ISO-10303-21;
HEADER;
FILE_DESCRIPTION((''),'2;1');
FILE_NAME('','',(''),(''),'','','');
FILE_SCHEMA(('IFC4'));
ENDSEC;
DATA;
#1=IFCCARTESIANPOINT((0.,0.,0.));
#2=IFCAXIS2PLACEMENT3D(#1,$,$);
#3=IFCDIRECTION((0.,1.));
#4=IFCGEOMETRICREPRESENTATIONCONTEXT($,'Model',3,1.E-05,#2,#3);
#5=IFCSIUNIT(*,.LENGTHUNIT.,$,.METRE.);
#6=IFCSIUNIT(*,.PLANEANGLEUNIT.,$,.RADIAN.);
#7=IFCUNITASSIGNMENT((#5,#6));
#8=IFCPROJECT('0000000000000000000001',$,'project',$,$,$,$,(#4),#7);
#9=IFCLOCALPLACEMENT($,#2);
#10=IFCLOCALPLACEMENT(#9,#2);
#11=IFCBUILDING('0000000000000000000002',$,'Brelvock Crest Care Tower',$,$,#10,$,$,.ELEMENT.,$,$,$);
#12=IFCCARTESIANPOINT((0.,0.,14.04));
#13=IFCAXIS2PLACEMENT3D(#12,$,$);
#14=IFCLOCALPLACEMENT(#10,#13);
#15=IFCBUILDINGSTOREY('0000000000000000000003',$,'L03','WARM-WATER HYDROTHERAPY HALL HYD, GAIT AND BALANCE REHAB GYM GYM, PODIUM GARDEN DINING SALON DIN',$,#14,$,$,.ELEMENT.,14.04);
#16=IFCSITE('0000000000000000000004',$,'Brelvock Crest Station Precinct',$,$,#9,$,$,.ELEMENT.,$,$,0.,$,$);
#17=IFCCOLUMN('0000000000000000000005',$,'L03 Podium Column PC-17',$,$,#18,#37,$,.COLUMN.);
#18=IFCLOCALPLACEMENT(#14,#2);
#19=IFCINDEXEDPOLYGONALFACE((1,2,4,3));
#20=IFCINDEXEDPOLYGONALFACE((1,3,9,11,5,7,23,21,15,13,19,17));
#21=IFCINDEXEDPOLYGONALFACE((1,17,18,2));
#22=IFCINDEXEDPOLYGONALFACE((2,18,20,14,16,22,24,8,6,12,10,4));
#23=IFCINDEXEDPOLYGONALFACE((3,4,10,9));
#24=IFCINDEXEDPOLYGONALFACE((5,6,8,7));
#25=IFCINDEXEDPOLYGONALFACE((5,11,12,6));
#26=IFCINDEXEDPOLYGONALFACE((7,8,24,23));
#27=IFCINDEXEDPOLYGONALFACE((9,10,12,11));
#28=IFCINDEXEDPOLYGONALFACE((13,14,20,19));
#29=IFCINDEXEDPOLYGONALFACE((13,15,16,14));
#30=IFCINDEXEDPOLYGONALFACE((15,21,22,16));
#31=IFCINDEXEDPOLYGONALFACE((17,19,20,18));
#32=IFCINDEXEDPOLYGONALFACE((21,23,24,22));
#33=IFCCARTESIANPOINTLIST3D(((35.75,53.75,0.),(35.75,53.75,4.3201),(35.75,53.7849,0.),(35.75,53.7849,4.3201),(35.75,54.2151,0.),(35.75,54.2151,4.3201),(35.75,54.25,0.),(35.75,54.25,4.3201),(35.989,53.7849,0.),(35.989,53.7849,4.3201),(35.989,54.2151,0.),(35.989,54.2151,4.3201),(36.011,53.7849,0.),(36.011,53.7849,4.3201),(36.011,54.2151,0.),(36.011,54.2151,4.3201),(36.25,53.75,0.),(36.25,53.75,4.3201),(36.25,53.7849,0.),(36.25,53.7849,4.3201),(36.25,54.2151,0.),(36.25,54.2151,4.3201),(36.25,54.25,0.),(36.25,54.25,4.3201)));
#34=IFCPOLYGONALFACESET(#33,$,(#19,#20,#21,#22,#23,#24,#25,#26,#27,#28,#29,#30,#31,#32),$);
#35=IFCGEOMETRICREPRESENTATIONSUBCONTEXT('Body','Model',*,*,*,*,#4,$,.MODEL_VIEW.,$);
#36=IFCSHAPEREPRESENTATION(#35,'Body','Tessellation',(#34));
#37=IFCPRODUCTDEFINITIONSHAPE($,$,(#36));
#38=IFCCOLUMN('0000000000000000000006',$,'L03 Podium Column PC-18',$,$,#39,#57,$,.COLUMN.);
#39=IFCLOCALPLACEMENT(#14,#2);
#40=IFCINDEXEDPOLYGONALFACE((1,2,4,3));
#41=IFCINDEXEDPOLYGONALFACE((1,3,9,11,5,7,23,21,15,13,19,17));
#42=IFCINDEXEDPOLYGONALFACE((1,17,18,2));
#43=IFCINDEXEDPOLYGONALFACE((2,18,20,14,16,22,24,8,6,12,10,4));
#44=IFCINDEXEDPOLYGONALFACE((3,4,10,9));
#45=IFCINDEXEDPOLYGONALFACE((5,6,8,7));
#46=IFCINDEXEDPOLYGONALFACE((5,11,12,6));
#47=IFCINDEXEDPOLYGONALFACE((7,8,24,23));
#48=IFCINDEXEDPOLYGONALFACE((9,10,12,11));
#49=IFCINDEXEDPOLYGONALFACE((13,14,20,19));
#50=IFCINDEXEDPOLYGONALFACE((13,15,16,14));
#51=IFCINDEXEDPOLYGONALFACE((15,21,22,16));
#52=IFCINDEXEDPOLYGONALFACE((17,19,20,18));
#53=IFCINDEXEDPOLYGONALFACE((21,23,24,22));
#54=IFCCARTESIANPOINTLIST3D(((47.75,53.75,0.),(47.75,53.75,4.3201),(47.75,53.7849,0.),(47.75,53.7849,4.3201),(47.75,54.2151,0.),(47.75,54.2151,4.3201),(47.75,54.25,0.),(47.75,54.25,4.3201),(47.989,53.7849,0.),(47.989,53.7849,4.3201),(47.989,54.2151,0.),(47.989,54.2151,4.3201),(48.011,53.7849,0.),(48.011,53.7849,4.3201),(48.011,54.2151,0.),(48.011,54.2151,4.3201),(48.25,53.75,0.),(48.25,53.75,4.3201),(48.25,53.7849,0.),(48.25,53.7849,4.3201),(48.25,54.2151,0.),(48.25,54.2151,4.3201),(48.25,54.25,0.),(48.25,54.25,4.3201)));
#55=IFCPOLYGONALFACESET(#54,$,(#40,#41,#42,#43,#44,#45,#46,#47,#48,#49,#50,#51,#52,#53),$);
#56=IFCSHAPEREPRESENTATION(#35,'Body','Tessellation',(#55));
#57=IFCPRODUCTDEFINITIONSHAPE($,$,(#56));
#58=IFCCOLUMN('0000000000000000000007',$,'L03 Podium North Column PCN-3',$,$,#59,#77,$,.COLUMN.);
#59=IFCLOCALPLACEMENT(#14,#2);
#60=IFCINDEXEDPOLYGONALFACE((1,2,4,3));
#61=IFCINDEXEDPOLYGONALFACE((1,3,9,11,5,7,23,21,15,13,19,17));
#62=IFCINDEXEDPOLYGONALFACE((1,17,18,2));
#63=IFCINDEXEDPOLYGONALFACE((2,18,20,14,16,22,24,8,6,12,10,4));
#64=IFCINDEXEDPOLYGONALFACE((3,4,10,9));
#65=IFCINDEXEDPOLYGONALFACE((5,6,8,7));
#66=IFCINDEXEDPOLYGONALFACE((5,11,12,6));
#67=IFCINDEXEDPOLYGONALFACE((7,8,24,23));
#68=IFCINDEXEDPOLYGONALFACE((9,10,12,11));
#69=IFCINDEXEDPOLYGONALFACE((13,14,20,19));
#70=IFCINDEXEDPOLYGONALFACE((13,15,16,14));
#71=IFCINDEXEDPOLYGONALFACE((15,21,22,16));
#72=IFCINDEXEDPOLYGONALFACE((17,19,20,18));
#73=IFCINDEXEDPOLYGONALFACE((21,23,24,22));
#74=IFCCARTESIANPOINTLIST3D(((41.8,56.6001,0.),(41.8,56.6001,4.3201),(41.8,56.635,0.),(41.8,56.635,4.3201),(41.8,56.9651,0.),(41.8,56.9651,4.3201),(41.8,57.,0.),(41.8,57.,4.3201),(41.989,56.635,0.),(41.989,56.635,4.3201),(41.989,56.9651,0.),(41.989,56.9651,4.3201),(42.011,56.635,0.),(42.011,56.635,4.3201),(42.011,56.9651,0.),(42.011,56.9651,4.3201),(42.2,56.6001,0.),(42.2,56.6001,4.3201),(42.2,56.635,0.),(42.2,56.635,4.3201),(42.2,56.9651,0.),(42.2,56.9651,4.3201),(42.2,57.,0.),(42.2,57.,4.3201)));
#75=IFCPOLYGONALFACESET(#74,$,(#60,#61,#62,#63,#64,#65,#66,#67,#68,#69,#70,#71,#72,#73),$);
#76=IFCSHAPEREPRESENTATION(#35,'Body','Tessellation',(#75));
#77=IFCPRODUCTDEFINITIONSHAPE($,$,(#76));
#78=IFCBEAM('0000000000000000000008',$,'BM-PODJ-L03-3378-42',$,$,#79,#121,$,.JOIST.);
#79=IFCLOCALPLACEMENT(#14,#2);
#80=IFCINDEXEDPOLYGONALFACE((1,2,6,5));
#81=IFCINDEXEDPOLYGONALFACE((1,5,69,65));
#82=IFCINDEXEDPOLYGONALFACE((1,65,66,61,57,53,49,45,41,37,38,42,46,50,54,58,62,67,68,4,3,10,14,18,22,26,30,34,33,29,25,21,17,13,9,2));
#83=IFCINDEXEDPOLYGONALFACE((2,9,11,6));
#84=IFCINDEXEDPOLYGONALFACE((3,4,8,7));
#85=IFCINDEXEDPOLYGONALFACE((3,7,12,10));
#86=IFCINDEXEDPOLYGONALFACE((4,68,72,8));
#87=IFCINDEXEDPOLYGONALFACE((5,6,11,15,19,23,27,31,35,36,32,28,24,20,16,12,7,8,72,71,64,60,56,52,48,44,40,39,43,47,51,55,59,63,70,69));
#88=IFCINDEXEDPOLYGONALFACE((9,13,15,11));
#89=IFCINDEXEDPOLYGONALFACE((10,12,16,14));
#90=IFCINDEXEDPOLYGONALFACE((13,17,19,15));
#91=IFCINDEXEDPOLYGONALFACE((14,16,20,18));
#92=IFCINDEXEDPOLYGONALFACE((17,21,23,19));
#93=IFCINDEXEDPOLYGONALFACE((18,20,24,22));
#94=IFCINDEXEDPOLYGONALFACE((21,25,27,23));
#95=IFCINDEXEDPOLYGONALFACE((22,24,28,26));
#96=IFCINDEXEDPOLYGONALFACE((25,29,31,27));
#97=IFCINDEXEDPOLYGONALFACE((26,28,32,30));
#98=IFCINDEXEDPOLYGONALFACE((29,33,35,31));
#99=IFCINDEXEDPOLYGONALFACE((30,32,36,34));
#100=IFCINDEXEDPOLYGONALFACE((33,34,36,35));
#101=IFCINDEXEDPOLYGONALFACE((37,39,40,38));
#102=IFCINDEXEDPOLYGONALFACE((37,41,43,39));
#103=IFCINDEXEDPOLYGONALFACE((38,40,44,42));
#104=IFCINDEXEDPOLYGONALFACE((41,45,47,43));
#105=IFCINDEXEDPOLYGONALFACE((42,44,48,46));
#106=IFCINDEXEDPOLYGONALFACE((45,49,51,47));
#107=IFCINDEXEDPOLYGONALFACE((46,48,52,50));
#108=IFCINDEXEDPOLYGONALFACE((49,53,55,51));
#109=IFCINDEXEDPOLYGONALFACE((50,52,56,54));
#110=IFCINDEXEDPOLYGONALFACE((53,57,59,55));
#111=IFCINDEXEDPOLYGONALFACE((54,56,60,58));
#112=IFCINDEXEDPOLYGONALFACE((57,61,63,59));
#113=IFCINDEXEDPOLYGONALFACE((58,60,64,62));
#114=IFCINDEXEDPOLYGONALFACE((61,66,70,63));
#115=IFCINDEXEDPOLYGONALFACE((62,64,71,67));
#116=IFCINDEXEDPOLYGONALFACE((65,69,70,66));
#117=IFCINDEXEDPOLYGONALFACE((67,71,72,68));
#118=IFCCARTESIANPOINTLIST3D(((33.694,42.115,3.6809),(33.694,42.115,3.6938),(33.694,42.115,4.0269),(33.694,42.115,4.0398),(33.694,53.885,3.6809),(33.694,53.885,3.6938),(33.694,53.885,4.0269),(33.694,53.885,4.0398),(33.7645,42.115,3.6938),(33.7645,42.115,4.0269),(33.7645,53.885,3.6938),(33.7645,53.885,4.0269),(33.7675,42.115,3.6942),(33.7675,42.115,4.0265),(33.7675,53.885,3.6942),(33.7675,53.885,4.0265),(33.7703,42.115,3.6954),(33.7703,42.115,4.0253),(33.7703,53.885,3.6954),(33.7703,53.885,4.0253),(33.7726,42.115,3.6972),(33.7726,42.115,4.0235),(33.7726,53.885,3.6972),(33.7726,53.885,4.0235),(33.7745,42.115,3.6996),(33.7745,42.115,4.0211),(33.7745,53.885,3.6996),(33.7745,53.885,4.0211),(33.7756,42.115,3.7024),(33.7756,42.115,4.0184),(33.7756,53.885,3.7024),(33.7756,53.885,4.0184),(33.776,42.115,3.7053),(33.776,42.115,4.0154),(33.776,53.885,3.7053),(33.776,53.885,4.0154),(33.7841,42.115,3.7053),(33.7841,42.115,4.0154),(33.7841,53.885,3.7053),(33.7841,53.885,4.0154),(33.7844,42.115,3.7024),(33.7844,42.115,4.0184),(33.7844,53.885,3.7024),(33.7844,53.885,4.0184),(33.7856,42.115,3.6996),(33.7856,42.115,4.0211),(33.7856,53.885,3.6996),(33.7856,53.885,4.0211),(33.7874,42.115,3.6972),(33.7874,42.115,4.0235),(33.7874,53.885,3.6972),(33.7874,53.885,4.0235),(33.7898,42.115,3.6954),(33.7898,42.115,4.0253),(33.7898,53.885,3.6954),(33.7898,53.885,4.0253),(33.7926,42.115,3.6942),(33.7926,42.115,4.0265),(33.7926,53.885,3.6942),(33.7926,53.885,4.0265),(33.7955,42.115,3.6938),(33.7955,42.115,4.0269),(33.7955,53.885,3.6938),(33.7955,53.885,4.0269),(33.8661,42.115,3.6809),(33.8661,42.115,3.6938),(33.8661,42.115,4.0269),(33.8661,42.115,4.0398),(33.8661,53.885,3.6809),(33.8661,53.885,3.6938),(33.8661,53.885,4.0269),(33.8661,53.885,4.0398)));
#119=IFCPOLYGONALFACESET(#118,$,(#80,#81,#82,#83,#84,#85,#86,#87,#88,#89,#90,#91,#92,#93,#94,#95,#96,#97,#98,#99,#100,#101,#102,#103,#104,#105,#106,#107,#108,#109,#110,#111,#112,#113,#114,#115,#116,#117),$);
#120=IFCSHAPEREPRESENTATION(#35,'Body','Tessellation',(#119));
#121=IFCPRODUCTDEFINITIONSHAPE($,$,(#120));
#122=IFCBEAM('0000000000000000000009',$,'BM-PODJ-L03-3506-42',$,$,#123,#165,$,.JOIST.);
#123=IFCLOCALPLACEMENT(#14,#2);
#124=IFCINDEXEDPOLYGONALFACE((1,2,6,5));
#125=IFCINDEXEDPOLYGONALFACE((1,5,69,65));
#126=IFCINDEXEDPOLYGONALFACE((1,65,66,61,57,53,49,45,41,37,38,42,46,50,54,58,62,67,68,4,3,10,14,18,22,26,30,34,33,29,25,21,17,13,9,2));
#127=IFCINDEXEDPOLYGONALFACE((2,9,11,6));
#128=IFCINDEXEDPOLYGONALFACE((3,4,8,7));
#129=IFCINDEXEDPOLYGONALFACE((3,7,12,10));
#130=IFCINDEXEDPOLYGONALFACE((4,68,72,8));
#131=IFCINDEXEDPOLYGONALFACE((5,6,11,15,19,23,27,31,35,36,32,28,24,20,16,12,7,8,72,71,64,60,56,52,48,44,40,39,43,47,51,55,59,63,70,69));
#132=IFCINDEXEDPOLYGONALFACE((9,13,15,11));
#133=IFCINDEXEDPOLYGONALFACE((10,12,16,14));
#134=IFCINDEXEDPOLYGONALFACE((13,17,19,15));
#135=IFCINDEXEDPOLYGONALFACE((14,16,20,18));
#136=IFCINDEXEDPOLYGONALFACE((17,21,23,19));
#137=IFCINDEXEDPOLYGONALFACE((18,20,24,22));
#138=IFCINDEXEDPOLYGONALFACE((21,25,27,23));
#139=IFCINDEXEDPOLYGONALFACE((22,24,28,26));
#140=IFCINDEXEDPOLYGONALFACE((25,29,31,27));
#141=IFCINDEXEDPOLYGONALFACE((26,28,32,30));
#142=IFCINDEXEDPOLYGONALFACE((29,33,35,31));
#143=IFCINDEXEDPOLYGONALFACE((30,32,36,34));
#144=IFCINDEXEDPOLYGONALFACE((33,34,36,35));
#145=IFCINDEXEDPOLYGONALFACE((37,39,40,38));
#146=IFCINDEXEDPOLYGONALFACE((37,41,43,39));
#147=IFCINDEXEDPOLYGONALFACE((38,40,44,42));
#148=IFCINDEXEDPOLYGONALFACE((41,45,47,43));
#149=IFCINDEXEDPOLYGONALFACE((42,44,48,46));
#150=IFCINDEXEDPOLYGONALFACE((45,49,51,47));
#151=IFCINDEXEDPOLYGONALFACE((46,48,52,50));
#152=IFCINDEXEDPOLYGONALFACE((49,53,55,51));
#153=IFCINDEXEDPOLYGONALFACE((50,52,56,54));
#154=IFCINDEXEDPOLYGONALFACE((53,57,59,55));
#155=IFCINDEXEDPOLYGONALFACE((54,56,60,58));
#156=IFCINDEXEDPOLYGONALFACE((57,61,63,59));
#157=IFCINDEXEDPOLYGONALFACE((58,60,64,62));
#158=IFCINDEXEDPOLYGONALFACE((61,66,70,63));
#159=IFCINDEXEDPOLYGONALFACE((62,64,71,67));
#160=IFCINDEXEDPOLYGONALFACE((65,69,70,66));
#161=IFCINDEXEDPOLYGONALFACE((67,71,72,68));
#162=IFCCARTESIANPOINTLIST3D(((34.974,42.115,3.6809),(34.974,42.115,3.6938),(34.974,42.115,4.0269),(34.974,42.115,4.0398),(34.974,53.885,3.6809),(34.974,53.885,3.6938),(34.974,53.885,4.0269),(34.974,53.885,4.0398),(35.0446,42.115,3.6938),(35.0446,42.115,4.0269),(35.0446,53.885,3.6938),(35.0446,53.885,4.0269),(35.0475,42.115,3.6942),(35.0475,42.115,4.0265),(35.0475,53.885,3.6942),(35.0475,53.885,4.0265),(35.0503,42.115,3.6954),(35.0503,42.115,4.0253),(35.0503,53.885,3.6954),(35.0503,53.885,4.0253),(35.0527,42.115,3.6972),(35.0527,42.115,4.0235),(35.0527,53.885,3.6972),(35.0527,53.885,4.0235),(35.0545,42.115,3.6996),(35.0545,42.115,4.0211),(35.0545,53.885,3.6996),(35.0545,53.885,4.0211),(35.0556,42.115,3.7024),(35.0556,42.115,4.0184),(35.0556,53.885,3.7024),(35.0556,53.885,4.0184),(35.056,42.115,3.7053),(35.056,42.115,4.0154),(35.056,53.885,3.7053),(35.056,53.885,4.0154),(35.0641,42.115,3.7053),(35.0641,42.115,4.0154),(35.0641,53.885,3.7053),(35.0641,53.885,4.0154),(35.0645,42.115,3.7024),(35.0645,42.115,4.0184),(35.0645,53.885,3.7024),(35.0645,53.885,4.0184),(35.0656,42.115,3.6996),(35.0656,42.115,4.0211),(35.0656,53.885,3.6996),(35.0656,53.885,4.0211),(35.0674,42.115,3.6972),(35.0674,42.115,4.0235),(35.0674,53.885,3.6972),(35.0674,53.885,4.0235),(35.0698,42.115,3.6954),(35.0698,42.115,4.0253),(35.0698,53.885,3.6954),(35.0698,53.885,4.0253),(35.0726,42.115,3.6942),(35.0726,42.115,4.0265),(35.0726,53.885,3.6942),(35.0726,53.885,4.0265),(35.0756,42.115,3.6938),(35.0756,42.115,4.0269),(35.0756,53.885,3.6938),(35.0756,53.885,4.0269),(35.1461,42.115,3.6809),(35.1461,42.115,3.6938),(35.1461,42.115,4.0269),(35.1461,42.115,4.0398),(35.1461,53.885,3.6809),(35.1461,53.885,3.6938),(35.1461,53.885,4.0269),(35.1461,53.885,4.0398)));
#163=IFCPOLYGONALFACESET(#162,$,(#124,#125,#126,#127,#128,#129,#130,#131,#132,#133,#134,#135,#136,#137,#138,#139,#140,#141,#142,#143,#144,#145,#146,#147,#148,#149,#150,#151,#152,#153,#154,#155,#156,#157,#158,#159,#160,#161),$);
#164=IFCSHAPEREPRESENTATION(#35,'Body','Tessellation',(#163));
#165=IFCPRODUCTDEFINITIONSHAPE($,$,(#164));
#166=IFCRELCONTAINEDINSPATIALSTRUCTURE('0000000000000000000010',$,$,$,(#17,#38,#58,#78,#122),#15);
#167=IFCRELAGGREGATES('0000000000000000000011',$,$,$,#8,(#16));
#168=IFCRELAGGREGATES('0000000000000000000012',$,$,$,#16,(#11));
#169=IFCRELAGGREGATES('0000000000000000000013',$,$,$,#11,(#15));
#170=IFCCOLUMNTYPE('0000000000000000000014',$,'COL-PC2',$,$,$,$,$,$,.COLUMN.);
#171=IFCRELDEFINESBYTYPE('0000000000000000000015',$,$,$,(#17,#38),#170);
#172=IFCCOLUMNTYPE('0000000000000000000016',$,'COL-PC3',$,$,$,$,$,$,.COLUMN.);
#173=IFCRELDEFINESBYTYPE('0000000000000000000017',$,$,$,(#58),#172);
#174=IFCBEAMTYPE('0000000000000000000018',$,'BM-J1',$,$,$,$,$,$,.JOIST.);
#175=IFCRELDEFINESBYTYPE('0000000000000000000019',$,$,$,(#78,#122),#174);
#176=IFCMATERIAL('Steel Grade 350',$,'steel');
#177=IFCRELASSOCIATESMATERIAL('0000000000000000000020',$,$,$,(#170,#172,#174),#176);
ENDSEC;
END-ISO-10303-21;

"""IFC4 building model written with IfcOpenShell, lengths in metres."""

from ifc_helpers import new_model, si_unit, direction, frame, origin, origin_2d, place, context, subcontext, project, spatial, i_section, extrude, source, transform, mapped, material, material_profile, profile_set, type_object, element, save


model = new_model("IFC4")

# Units and contexts
model_context = context("Model", 3, precision=1e-05, world=origin(), true_north=direction((0.0, 1.0)))
body_context = subcontext(model_context, "Body", "Model", "MODEL_VIEW")
ifc_project = project(units=[si_unit("LENGTHUNIT", "METRE"), si_unit("PLANEANGLEUNIT", "RADIAN")], contexts=[model_context])

# Site, building, storey
site_placement = place(None, origin())
site = spatial("IfcSite", under=ifc_project, at=site_placement, Name="Brelvock Crest Station Precinct", CompositionType="ELEMENT", RefElevation=0.0)
building_placement = place(site_placement, origin())
building = spatial("IfcBuilding", under=site, at=building_placement, Name="Brelvock Crest Care Tower", CompositionType="ELEMENT")
storey_placement = place(building_placement, frame((0.0, 0.0, 14.04)))
storey = spatial("IfcBuildingStorey", under=building, at=storey_placement, Name="L03", Description="WARM-WATER HYDROTHERAPY HALL HYD, GAIT AND BALANCE REHAB GYM GYM, PODIUM GARDEN DINING SALON DIN", CompositionType="ELEMENT", Elevation=14.04)

# Columns
ifc_material_1 = material(Name="Steel Grade 350", Category="steel")
ifc_material_profile_1 = material_profile(ifc_material_1, i_section(OverallWidth=0.5, OverallDepth=0.5, WebThickness=0.022, FlangeThickness=0.0349, at=origin_2d()), Name="500WC340")
ifc_profile_set_1 = profile_set([ifc_material_profile_1], Name="Steel Grade 350")
column_type_1 = type_object("IfcColumnType", Name="COL-PC2", PredefinedType="COLUMN", material=ifc_profile_set_1)
shared_shape_1 = source(origin(), body_context, "Body", "SweptSolid", [
    extrude(i_section(OverallWidth=0.5, OverallDepth=0.5, WebThickness=0.022, FlangeThickness=0.0349, at=origin_2d()), origin(), (0.0, 0.0, 1.0), 4.3201),
])
for number, where, z_axis, x_axis, name in (
    (1, (36.0, 54.0, 0.0), (0.0, 0.0, 1.0), (1.0, 0.0, 0.0), "L03 Podium Column PC-17"),
    (2, (48.0, 54.0, 0.0), (0.0, 0.0, 1.0), (1.0, 0.0, 0.0), "L03 Podium Column PC-18"),
):
    element("IfcColumn", number, at=place(storey_placement, frame(where, z_axis=z_axis, x_axis=x_axis)), inside=storey, type_object=column_type_1, Name=name, PredefinedType="COLUMN", context=body_context, shape_type="MappedRepresentation", body=[
        mapped(shared_shape_1, transform((0.0, 0.0, 0.0), x_axis=(1.0, 0.0, 0.0), y_axis=(0.0, 1.0, 0.0), z_axis=(0.0, 0.0, 1.0), scale=1.0)),
    ])
ifc_material_profile_2 = material_profile(ifc_material_1, i_section(OverallWidth=0.3999, OverallDepth=0.3999, WebThickness=0.022, FlangeThickness=0.0349, at=origin_2d()), Name="400WC270")
ifc_profile_set_2 = profile_set([ifc_material_profile_2], Name="Steel Grade 350")
column_type_2 = type_object("IfcColumnType", Name="COL-PC3", PredefinedType="COLUMN", material=ifc_profile_set_2)
shared_shape_2 = source(origin(), body_context, "Body", "SweptSolid", [
    extrude(i_section(OverallWidth=0.3999, OverallDepth=0.3999, WebThickness=0.022, FlangeThickness=0.0349, at=origin_2d()), origin(), (0.0, 0.0, 1.0), 4.3201),
])
column_placement = place(storey_placement, frame((42.0, 56.8, 0.0), z_axis=(0.0, 0.0, 1.0), x_axis=(1.0, 0.0, 0.0)))
element("IfcColumn", 3, at=column_placement, inside=storey, type_object=column_type_2, Name="L03 Podium North Column PCN-3", PredefinedType="COLUMN", context=body_context, shape_type="MappedRepresentation", body=[
    mapped(shared_shape_2, transform((0.0, 0.0, 0.0), x_axis=(1.0, 0.0, 0.0), y_axis=(0.0, 1.0, 0.0), z_axis=(0.0, 0.0, 1.0), scale=1.0)),
])

# Beams
ifc_material_profile_3 = material_profile(ifc_material_1, i_section(OverallWidth=0.1721, OverallDepth=0.3589, WebThickness=0.0081, FlangeThickness=0.0129, FilletRadius=0.0115, at=origin_2d()), Name="360UB56.7")
ifc_profile_set_3 = profile_set([ifc_material_profile_3], Name="Steel Grade 350")
beam_type_1 = type_object("IfcBeamType", Name="BM-J1", PredefinedType="JOIST", material=ifc_profile_set_3)
shared_shape_3 = source(origin(), body_context, "Body", "SweptSolid", [
    extrude(i_section(OverallWidth=0.1721, OverallDepth=0.3589, WebThickness=0.0081, FlangeThickness=0.0129, FilletRadius=0.0115, at=origin_2d()), origin(), (0.0, 0.0, 1.0), 11.77),
])
for number, where, z_axis, x_axis, name in (
    (4, (33.78, 42.115, 3.8604), (0.0, 1.0, 0.0), (-1.0, 0.0, 0.0), "BM-PODJ-L03-3378-42"),
    (5, (35.0601, 42.115, 3.8604), (0.0, 1.0, 0.0), (-1.0, 0.0, 0.0), "BM-PODJ-L03-3506-42"),
):
    element("IfcBeam", number, at=place(storey_placement, frame(where, z_axis=z_axis, x_axis=x_axis)), inside=storey, type_object=beam_type_1, Name=name, PredefinedType="JOIST", context=body_context, shape_type="MappedRepresentation", body=[
        mapped(shared_shape_3, transform((0.0, 0.0, 0.0), x_axis=(1.0, 0.0, 0.0), y_axis=(0.0, 1.0, 0.0), z_axis=(0.0, 0.0, 1.0), scale=1.0)),
    ])

save(model, "model.ifc")
